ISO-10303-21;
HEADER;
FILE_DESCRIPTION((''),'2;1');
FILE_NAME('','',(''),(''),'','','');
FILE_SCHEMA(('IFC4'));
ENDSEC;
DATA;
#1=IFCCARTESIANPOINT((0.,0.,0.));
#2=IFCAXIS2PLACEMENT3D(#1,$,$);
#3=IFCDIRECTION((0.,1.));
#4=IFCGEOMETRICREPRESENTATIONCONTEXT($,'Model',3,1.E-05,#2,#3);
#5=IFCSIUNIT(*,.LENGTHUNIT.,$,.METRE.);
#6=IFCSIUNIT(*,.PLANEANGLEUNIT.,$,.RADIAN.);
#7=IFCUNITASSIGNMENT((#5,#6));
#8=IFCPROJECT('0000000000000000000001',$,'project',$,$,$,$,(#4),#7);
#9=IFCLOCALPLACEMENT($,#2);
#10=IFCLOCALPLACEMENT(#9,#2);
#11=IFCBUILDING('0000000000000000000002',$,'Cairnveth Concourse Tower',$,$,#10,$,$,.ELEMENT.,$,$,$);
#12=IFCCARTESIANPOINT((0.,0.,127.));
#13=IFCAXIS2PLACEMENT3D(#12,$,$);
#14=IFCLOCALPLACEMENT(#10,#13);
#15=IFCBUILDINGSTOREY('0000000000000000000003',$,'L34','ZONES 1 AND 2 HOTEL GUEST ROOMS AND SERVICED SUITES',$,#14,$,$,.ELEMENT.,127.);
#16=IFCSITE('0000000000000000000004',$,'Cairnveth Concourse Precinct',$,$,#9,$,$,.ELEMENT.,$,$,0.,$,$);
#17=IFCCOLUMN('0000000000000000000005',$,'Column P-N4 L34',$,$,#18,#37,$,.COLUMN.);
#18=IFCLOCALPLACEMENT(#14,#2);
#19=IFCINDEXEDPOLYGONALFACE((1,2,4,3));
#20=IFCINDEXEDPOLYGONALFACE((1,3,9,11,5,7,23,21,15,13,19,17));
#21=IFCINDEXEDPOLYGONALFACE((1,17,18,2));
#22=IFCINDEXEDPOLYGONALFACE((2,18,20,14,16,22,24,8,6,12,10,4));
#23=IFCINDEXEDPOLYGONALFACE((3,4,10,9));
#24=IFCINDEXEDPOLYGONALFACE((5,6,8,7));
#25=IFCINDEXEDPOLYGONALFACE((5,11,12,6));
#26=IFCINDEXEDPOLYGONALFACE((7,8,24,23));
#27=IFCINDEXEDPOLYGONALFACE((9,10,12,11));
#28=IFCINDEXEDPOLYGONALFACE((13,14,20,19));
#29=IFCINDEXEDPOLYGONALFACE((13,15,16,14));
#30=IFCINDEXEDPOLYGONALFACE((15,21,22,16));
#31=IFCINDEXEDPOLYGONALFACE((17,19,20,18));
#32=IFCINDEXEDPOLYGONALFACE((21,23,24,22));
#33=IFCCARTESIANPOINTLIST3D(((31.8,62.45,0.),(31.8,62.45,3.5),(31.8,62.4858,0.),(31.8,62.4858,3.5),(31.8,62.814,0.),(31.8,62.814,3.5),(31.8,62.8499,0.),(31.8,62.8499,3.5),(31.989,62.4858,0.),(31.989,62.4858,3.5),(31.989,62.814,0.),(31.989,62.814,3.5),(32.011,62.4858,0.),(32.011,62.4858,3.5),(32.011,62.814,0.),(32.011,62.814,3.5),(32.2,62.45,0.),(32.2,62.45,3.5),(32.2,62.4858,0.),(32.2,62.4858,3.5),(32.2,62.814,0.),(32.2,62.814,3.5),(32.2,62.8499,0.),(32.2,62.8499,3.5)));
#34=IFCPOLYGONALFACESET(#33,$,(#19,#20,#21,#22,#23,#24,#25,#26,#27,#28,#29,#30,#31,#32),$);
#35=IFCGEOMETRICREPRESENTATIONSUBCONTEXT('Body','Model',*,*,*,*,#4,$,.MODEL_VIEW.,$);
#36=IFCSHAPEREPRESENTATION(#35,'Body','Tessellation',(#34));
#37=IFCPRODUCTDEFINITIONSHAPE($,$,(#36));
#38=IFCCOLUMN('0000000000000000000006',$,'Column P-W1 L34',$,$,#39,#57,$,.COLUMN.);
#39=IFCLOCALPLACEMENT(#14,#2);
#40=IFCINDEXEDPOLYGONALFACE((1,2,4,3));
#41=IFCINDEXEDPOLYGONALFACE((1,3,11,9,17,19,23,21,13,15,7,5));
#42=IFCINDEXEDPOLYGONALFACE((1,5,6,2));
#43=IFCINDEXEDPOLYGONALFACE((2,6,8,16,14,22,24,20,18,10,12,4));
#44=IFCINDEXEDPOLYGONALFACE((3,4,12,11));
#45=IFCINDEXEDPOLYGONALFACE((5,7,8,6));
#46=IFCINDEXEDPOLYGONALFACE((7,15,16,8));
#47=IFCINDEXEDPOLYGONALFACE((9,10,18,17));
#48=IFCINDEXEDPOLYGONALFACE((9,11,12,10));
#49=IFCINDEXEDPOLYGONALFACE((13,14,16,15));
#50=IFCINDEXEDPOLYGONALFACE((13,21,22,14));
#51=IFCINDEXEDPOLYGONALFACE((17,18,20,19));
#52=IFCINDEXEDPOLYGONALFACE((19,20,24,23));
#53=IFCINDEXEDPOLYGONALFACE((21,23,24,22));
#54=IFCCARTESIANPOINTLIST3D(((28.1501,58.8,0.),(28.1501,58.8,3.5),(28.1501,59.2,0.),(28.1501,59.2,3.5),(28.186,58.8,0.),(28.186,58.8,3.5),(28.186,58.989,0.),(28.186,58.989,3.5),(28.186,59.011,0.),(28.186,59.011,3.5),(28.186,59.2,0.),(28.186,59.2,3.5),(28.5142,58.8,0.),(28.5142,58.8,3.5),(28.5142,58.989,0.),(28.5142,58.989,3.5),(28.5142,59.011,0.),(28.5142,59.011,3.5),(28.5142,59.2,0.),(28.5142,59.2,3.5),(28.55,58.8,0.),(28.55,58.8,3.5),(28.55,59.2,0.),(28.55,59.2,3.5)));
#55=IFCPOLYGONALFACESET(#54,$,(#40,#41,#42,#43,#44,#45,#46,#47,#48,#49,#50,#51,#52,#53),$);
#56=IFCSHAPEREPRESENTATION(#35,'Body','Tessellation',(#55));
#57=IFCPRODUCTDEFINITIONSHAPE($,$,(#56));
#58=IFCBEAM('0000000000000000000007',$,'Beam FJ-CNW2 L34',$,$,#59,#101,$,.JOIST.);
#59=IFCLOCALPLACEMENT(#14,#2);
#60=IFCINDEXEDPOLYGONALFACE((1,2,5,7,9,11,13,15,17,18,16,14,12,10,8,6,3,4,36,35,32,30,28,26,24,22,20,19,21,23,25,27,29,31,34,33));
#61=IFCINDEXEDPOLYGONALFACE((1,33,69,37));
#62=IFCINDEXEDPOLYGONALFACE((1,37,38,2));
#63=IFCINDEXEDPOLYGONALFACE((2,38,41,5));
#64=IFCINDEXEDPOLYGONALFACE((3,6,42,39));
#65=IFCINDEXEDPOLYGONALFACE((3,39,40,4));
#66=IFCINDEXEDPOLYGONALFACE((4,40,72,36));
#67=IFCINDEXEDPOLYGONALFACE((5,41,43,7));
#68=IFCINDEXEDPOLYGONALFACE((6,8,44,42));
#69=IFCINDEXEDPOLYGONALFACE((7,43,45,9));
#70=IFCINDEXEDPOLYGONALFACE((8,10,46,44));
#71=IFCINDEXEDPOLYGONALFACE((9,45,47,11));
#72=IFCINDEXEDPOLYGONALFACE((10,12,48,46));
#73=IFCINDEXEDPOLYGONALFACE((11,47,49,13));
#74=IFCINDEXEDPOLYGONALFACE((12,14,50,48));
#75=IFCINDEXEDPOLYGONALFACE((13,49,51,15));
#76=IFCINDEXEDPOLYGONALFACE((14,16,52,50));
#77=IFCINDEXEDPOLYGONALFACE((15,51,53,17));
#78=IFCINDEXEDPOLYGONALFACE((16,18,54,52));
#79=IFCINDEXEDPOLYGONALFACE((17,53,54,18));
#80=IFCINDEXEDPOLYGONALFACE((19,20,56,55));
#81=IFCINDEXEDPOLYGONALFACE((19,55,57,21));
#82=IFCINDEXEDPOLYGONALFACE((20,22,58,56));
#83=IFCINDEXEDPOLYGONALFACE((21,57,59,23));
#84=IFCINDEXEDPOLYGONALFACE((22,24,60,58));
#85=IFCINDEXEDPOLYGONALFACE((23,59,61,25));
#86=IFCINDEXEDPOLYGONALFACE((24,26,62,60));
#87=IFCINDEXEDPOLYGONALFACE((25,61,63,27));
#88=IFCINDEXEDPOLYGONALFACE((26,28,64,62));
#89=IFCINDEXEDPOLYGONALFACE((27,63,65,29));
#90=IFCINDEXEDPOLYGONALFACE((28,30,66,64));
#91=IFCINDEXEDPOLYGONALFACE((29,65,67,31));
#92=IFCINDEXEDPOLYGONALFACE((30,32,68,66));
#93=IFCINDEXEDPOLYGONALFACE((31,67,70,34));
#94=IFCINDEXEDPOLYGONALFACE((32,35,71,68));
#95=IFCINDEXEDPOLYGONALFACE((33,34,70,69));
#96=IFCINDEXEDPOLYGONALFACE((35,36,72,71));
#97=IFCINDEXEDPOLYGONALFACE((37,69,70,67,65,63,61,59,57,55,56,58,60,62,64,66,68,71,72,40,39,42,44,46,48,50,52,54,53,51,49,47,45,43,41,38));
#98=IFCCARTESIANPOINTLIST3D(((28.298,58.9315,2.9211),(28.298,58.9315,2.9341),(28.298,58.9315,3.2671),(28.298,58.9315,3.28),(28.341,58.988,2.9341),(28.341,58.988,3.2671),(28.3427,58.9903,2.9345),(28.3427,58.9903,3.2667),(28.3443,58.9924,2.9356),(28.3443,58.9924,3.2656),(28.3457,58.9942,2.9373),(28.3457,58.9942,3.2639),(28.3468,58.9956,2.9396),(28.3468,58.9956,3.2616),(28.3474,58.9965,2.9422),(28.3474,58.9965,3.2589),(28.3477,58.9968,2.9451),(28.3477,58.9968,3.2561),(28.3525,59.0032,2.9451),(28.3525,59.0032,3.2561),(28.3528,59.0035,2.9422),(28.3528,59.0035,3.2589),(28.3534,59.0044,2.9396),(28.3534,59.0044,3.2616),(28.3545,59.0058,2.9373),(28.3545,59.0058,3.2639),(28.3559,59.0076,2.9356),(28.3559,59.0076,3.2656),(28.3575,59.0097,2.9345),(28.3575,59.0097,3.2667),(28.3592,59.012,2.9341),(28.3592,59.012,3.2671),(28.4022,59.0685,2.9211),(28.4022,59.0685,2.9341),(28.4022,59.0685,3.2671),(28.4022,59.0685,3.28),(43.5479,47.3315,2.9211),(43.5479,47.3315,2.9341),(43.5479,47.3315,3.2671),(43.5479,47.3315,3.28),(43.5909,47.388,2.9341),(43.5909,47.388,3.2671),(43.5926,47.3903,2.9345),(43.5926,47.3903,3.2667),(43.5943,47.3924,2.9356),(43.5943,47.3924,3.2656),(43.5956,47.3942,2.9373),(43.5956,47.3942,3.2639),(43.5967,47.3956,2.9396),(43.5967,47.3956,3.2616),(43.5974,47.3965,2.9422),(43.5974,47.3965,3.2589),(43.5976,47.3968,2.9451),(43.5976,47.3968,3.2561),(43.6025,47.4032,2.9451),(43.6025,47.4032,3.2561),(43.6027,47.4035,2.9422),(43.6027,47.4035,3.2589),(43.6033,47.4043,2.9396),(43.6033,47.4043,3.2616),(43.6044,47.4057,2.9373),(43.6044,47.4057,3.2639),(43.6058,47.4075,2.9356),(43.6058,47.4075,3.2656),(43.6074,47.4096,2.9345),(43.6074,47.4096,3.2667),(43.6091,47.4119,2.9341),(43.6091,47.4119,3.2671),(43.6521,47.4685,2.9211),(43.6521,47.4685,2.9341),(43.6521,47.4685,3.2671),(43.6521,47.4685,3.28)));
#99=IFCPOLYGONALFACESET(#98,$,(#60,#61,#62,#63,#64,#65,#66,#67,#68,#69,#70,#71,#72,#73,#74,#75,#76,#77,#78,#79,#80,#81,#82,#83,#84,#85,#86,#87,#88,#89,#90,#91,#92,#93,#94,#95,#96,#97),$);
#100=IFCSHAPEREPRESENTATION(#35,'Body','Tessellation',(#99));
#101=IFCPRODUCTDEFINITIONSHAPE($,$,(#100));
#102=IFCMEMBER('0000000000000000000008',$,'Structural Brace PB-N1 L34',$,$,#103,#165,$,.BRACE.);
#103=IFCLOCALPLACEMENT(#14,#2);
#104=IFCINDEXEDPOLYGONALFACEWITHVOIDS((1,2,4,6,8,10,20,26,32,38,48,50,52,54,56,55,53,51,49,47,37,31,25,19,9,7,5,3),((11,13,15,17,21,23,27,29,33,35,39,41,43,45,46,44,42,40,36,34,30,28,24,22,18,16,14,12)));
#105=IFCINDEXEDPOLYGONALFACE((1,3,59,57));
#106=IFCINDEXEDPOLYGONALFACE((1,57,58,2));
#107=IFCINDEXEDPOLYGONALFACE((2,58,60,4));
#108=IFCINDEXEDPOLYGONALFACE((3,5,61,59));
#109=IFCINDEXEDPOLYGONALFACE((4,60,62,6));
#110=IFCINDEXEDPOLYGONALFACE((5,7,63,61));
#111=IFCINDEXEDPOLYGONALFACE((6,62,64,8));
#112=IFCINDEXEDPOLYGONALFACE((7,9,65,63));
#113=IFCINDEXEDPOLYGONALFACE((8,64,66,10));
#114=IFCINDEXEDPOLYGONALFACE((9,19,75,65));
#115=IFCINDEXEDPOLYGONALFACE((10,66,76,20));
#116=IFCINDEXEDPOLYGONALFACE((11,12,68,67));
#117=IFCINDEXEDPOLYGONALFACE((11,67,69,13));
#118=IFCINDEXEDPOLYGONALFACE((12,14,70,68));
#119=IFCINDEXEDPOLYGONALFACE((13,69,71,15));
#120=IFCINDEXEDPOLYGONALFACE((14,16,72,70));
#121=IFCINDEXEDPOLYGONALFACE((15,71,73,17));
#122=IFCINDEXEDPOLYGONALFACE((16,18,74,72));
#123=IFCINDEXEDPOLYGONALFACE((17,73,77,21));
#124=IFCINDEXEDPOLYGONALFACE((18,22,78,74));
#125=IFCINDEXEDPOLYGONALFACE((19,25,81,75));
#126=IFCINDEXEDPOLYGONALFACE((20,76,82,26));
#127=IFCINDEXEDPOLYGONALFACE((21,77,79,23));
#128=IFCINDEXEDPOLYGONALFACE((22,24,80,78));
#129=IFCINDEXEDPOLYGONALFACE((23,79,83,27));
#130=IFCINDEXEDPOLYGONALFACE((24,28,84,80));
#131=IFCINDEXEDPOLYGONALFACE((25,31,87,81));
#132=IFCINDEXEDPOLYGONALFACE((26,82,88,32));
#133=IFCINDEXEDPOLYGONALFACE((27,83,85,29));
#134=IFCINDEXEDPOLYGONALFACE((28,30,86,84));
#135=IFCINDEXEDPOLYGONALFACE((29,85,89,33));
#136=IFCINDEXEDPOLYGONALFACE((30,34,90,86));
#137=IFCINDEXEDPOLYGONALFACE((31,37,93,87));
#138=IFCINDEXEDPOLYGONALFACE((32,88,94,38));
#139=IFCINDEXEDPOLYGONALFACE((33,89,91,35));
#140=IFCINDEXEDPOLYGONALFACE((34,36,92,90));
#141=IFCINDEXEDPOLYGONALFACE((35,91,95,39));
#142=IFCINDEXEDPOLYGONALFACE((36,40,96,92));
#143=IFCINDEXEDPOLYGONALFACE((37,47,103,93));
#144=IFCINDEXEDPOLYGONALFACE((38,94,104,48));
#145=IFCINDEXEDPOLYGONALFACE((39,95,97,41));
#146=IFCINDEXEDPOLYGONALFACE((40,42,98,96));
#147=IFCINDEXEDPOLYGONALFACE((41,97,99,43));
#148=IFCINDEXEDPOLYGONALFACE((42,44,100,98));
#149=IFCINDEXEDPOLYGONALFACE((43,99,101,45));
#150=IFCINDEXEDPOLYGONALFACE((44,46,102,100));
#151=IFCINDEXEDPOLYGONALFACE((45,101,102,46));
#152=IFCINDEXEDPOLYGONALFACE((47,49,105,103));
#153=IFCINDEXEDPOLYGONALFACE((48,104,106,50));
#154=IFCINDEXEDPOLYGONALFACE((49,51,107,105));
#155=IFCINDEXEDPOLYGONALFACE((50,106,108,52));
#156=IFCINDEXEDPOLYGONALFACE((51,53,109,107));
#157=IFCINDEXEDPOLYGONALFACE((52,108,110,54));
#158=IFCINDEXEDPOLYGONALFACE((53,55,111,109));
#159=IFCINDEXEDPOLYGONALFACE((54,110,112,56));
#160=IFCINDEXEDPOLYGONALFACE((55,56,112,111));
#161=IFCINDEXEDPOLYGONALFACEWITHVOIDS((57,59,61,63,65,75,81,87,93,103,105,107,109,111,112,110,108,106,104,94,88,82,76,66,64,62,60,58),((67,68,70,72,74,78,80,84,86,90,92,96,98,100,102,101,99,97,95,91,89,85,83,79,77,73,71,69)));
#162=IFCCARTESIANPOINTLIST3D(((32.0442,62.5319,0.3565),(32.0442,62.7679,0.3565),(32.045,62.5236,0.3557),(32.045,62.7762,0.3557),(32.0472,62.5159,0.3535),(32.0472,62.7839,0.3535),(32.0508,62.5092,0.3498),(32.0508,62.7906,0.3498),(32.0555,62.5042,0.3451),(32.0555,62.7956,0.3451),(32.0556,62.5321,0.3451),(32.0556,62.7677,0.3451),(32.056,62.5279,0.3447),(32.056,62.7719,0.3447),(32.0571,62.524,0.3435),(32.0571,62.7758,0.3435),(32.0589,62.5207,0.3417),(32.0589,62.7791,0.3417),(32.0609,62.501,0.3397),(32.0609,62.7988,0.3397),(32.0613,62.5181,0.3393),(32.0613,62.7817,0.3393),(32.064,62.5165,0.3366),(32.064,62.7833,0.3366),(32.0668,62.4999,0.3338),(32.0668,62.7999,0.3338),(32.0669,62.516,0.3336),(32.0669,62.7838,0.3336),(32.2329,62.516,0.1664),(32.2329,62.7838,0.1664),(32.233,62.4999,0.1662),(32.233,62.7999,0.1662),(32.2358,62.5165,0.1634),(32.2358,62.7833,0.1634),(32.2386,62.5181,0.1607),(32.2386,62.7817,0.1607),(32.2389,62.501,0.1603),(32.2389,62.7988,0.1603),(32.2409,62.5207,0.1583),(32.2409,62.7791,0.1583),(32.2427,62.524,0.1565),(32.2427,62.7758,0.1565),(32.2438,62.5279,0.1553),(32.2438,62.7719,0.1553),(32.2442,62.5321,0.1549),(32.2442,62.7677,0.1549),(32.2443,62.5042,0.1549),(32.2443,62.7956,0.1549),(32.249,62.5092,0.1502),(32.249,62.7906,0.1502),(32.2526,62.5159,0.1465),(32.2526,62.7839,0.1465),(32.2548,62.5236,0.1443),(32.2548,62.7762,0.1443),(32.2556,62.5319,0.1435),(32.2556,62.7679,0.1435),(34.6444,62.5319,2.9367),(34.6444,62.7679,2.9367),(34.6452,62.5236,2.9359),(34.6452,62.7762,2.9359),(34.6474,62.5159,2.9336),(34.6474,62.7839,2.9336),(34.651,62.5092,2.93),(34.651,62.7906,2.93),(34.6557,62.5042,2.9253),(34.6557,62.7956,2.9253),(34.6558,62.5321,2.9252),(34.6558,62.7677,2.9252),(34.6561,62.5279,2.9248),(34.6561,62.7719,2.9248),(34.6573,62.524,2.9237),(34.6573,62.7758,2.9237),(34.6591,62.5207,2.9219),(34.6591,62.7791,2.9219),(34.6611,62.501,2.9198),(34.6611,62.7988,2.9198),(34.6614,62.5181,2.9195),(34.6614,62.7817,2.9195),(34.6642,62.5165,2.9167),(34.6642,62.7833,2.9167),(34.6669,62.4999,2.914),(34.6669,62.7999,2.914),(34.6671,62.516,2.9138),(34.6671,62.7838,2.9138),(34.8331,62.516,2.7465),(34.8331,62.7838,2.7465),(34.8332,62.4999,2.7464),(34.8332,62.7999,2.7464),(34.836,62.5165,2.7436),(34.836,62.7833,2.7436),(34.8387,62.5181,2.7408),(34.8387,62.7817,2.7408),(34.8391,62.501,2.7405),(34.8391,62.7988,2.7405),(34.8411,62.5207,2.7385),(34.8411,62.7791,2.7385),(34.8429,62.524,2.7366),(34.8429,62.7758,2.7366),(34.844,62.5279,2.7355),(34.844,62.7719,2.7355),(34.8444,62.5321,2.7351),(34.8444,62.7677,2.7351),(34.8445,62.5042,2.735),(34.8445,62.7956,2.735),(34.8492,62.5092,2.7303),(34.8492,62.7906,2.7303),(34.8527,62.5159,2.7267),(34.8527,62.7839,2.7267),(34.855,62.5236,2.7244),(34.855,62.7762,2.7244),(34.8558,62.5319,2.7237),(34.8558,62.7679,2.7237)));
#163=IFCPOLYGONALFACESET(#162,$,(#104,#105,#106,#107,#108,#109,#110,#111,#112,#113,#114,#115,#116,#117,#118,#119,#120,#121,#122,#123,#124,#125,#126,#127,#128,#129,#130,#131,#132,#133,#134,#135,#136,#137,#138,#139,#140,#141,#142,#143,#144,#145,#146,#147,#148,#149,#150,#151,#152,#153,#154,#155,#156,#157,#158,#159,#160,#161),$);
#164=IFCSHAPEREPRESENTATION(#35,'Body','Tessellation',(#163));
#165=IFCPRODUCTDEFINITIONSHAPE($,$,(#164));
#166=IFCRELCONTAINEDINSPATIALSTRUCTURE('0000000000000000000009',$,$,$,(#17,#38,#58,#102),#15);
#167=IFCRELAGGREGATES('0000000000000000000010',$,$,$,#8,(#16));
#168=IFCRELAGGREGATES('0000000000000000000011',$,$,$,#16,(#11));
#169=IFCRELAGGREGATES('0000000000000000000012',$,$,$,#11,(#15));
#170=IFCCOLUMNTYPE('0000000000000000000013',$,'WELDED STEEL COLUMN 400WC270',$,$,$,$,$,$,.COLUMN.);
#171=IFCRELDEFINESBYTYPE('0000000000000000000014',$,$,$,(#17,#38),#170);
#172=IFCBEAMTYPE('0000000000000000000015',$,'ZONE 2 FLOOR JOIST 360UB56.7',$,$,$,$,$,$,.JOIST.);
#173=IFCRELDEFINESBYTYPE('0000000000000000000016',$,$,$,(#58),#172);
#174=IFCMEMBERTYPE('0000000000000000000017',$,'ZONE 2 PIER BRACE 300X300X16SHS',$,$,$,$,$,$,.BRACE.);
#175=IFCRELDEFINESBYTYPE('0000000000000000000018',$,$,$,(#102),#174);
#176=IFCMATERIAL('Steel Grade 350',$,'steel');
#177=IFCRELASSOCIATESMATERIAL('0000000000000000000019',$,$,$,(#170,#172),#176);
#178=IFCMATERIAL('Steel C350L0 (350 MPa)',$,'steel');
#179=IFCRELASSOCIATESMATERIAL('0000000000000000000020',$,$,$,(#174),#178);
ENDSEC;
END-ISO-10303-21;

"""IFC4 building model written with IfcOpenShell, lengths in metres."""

from ifc_helpers import new_model, si_unit, direction, frame, origin, origin_2d, place, context, subcontext, project, spatial, hollow_rectangle, i_section, extrude, material, material_profile, profile_set, type_object, element, save


model = new_model("IFC4")

# Units and contexts
model_context = context("Model", 3, precision=1e-05, world=origin(), true_north=direction((0.0, 1.0)))
body_context = subcontext(model_context, "Body", "Model", "MODEL_VIEW")
ifc_project = project(units=[si_unit("LENGTHUNIT", "METRE"), si_unit("PLANEANGLEUNIT", "RADIAN")], contexts=[model_context])

# Site, building, storey
site_placement = place(None, origin())
site = spatial("IfcSite", under=ifc_project, at=site_placement, Name="Cairnveth Concourse Precinct", CompositionType="ELEMENT", RefElevation=0.0)
building_placement = place(site_placement, origin())
building = spatial("IfcBuilding", under=site, at=building_placement, Name="Cairnveth Concourse Tower", CompositionType="ELEMENT")
storey_placement = place(building_placement, frame((0.0, 0.0, 127.0)))
storey = spatial("IfcBuildingStorey", under=building, at=storey_placement, Name="L34", Description="ZONES 1 AND 2 HOTEL GUEST ROOMS AND SERVICED SUITES", CompositionType="ELEMENT", Elevation=127.0)

# Columns
ifc_material_1 = material(Name="Steel Grade 350", Category="steel")
ifc_material_profile_1 = material_profile(ifc_material_1, i_section(OverallWidth=0.3999, OverallDepth=0.3999, WebThickness=0.022, FlangeThickness=0.0359, at=origin_2d()), Name="400WC270")
ifc_profile_set_1 = profile_set([ifc_material_profile_1], Name="Steel Grade 350")
column_type = type_object("IfcColumnType", Name="WELDED STEEL COLUMN 400WC270", PredefinedType="COLUMN", material=ifc_profile_set_1)
for number, where, z_axis, x_axis, name in (
    (1, (32.0, 62.6499, 0.0), (0.0, 0.0, 1.0), (1.0, 0.0, 0.0), "Column P-N4 L34"),
    (2, (28.3501, 59.0, 0.0), (0.0, 0.0, 1.0), (0.0, 1.0, 0.0), "Column P-W1 L34"),
):
    element("IfcColumn", number, at=place(storey_placement, frame(where, z_axis=z_axis, x_axis=x_axis)), inside=storey, type_object=column_type, Name=name, PredefinedType="COLUMN", context=body_context, shape_type="SweptSolid", body=[
        extrude(i_section(OverallWidth=0.3999, OverallDepth=0.3999, WebThickness=0.022, FlangeThickness=0.0359, at=origin_2d()), origin(), (0.0, 0.0, 1.0), 3.5),
    ])

# Beam
ifc_material_profile_2 = material_profile(ifc_material_1, i_section(OverallWidth=0.1721, OverallDepth=0.3589, WebThickness=0.0081, FlangeThickness=0.0129, FilletRadius=0.011, at=origin_2d()), Name="360UB56.7")
ifc_profile_set_2 = profile_set([ifc_material_profile_2], Name="Steel Grade 350")
beam_type_1 = type_object("IfcBeamType", Name="ZONE 2 FLOOR JOIST 360UB56.7", PredefinedType="JOIST", material=ifc_profile_set_2)
beam_1_placement = place(storey_placement, frame((28.3501, 59.0, 3.1006), z_axis=(0.795908, -0.605417, 0.0), x_axis=(0.605417, 0.795908, 0.0)))
element("IfcBeam", 3, at=beam_1_placement, inside=storey, type_object=beam_type_1, Name="Beam FJ-CNW2 L34", PredefinedType="JOIST", context=body_context, shape_type="SweptSolid", body=[
    extrude(i_section(OverallWidth=0.1721, OverallDepth=0.3589, WebThickness=0.0081, FlangeThickness=0.0129, FilletRadius=0.011, at=origin_2d()), origin(), (0.0, 0.0, 1.0), 19.1604),
])

# Member
ifc_material_2 = material(Name="Steel C350L0 (350 MPa)", Category="steel")
ifc_material_profile_3 = material_profile(ifc_material_2, hollow_rectangle(XDim=0.3, YDim=0.3, WallThickness=0.0161, InnerFilletRadius=0.0161, OuterFilletRadius=0.032, at=origin_2d()), Name="300x300x16.0SHS")
ifc_profile_set_3 = profile_set([ifc_material_profile_3], Name="Steel C350L0 (350 MPa)")
member_type = type_object("IfcMemberType", Name="ZONE 2 PIER BRACE 300X300X16SHS", PredefinedType="BRACE", material=ifc_profile_set_3)
for number, where, z_axis, x_axis, name in (
    (4, (32.1499, 62.6499, 0.25), (0.709834, 0.0, 0.704369), (0.0, 1.0, 0.0), "Structural Brace PB-N1 L34"),
):
    element("IfcMember", number, at=place(storey_placement, frame(where, z_axis=z_axis, x_axis=x_axis)), inside=storey, type_object=member_type, Name=name, PredefinedType="BRACE", context=body_context, shape_type="SweptSolid", body=[
        extrude(hollow_rectangle(XDim=0.3, YDim=0.3, WallThickness=0.0161, InnerFilletRadius=0.0161, OuterFilletRadius=0.032, at=origin_2d()), origin(), (0.0, 0.0, 1.0), 3.6631),
    ])

save(model, "model.ifc")
